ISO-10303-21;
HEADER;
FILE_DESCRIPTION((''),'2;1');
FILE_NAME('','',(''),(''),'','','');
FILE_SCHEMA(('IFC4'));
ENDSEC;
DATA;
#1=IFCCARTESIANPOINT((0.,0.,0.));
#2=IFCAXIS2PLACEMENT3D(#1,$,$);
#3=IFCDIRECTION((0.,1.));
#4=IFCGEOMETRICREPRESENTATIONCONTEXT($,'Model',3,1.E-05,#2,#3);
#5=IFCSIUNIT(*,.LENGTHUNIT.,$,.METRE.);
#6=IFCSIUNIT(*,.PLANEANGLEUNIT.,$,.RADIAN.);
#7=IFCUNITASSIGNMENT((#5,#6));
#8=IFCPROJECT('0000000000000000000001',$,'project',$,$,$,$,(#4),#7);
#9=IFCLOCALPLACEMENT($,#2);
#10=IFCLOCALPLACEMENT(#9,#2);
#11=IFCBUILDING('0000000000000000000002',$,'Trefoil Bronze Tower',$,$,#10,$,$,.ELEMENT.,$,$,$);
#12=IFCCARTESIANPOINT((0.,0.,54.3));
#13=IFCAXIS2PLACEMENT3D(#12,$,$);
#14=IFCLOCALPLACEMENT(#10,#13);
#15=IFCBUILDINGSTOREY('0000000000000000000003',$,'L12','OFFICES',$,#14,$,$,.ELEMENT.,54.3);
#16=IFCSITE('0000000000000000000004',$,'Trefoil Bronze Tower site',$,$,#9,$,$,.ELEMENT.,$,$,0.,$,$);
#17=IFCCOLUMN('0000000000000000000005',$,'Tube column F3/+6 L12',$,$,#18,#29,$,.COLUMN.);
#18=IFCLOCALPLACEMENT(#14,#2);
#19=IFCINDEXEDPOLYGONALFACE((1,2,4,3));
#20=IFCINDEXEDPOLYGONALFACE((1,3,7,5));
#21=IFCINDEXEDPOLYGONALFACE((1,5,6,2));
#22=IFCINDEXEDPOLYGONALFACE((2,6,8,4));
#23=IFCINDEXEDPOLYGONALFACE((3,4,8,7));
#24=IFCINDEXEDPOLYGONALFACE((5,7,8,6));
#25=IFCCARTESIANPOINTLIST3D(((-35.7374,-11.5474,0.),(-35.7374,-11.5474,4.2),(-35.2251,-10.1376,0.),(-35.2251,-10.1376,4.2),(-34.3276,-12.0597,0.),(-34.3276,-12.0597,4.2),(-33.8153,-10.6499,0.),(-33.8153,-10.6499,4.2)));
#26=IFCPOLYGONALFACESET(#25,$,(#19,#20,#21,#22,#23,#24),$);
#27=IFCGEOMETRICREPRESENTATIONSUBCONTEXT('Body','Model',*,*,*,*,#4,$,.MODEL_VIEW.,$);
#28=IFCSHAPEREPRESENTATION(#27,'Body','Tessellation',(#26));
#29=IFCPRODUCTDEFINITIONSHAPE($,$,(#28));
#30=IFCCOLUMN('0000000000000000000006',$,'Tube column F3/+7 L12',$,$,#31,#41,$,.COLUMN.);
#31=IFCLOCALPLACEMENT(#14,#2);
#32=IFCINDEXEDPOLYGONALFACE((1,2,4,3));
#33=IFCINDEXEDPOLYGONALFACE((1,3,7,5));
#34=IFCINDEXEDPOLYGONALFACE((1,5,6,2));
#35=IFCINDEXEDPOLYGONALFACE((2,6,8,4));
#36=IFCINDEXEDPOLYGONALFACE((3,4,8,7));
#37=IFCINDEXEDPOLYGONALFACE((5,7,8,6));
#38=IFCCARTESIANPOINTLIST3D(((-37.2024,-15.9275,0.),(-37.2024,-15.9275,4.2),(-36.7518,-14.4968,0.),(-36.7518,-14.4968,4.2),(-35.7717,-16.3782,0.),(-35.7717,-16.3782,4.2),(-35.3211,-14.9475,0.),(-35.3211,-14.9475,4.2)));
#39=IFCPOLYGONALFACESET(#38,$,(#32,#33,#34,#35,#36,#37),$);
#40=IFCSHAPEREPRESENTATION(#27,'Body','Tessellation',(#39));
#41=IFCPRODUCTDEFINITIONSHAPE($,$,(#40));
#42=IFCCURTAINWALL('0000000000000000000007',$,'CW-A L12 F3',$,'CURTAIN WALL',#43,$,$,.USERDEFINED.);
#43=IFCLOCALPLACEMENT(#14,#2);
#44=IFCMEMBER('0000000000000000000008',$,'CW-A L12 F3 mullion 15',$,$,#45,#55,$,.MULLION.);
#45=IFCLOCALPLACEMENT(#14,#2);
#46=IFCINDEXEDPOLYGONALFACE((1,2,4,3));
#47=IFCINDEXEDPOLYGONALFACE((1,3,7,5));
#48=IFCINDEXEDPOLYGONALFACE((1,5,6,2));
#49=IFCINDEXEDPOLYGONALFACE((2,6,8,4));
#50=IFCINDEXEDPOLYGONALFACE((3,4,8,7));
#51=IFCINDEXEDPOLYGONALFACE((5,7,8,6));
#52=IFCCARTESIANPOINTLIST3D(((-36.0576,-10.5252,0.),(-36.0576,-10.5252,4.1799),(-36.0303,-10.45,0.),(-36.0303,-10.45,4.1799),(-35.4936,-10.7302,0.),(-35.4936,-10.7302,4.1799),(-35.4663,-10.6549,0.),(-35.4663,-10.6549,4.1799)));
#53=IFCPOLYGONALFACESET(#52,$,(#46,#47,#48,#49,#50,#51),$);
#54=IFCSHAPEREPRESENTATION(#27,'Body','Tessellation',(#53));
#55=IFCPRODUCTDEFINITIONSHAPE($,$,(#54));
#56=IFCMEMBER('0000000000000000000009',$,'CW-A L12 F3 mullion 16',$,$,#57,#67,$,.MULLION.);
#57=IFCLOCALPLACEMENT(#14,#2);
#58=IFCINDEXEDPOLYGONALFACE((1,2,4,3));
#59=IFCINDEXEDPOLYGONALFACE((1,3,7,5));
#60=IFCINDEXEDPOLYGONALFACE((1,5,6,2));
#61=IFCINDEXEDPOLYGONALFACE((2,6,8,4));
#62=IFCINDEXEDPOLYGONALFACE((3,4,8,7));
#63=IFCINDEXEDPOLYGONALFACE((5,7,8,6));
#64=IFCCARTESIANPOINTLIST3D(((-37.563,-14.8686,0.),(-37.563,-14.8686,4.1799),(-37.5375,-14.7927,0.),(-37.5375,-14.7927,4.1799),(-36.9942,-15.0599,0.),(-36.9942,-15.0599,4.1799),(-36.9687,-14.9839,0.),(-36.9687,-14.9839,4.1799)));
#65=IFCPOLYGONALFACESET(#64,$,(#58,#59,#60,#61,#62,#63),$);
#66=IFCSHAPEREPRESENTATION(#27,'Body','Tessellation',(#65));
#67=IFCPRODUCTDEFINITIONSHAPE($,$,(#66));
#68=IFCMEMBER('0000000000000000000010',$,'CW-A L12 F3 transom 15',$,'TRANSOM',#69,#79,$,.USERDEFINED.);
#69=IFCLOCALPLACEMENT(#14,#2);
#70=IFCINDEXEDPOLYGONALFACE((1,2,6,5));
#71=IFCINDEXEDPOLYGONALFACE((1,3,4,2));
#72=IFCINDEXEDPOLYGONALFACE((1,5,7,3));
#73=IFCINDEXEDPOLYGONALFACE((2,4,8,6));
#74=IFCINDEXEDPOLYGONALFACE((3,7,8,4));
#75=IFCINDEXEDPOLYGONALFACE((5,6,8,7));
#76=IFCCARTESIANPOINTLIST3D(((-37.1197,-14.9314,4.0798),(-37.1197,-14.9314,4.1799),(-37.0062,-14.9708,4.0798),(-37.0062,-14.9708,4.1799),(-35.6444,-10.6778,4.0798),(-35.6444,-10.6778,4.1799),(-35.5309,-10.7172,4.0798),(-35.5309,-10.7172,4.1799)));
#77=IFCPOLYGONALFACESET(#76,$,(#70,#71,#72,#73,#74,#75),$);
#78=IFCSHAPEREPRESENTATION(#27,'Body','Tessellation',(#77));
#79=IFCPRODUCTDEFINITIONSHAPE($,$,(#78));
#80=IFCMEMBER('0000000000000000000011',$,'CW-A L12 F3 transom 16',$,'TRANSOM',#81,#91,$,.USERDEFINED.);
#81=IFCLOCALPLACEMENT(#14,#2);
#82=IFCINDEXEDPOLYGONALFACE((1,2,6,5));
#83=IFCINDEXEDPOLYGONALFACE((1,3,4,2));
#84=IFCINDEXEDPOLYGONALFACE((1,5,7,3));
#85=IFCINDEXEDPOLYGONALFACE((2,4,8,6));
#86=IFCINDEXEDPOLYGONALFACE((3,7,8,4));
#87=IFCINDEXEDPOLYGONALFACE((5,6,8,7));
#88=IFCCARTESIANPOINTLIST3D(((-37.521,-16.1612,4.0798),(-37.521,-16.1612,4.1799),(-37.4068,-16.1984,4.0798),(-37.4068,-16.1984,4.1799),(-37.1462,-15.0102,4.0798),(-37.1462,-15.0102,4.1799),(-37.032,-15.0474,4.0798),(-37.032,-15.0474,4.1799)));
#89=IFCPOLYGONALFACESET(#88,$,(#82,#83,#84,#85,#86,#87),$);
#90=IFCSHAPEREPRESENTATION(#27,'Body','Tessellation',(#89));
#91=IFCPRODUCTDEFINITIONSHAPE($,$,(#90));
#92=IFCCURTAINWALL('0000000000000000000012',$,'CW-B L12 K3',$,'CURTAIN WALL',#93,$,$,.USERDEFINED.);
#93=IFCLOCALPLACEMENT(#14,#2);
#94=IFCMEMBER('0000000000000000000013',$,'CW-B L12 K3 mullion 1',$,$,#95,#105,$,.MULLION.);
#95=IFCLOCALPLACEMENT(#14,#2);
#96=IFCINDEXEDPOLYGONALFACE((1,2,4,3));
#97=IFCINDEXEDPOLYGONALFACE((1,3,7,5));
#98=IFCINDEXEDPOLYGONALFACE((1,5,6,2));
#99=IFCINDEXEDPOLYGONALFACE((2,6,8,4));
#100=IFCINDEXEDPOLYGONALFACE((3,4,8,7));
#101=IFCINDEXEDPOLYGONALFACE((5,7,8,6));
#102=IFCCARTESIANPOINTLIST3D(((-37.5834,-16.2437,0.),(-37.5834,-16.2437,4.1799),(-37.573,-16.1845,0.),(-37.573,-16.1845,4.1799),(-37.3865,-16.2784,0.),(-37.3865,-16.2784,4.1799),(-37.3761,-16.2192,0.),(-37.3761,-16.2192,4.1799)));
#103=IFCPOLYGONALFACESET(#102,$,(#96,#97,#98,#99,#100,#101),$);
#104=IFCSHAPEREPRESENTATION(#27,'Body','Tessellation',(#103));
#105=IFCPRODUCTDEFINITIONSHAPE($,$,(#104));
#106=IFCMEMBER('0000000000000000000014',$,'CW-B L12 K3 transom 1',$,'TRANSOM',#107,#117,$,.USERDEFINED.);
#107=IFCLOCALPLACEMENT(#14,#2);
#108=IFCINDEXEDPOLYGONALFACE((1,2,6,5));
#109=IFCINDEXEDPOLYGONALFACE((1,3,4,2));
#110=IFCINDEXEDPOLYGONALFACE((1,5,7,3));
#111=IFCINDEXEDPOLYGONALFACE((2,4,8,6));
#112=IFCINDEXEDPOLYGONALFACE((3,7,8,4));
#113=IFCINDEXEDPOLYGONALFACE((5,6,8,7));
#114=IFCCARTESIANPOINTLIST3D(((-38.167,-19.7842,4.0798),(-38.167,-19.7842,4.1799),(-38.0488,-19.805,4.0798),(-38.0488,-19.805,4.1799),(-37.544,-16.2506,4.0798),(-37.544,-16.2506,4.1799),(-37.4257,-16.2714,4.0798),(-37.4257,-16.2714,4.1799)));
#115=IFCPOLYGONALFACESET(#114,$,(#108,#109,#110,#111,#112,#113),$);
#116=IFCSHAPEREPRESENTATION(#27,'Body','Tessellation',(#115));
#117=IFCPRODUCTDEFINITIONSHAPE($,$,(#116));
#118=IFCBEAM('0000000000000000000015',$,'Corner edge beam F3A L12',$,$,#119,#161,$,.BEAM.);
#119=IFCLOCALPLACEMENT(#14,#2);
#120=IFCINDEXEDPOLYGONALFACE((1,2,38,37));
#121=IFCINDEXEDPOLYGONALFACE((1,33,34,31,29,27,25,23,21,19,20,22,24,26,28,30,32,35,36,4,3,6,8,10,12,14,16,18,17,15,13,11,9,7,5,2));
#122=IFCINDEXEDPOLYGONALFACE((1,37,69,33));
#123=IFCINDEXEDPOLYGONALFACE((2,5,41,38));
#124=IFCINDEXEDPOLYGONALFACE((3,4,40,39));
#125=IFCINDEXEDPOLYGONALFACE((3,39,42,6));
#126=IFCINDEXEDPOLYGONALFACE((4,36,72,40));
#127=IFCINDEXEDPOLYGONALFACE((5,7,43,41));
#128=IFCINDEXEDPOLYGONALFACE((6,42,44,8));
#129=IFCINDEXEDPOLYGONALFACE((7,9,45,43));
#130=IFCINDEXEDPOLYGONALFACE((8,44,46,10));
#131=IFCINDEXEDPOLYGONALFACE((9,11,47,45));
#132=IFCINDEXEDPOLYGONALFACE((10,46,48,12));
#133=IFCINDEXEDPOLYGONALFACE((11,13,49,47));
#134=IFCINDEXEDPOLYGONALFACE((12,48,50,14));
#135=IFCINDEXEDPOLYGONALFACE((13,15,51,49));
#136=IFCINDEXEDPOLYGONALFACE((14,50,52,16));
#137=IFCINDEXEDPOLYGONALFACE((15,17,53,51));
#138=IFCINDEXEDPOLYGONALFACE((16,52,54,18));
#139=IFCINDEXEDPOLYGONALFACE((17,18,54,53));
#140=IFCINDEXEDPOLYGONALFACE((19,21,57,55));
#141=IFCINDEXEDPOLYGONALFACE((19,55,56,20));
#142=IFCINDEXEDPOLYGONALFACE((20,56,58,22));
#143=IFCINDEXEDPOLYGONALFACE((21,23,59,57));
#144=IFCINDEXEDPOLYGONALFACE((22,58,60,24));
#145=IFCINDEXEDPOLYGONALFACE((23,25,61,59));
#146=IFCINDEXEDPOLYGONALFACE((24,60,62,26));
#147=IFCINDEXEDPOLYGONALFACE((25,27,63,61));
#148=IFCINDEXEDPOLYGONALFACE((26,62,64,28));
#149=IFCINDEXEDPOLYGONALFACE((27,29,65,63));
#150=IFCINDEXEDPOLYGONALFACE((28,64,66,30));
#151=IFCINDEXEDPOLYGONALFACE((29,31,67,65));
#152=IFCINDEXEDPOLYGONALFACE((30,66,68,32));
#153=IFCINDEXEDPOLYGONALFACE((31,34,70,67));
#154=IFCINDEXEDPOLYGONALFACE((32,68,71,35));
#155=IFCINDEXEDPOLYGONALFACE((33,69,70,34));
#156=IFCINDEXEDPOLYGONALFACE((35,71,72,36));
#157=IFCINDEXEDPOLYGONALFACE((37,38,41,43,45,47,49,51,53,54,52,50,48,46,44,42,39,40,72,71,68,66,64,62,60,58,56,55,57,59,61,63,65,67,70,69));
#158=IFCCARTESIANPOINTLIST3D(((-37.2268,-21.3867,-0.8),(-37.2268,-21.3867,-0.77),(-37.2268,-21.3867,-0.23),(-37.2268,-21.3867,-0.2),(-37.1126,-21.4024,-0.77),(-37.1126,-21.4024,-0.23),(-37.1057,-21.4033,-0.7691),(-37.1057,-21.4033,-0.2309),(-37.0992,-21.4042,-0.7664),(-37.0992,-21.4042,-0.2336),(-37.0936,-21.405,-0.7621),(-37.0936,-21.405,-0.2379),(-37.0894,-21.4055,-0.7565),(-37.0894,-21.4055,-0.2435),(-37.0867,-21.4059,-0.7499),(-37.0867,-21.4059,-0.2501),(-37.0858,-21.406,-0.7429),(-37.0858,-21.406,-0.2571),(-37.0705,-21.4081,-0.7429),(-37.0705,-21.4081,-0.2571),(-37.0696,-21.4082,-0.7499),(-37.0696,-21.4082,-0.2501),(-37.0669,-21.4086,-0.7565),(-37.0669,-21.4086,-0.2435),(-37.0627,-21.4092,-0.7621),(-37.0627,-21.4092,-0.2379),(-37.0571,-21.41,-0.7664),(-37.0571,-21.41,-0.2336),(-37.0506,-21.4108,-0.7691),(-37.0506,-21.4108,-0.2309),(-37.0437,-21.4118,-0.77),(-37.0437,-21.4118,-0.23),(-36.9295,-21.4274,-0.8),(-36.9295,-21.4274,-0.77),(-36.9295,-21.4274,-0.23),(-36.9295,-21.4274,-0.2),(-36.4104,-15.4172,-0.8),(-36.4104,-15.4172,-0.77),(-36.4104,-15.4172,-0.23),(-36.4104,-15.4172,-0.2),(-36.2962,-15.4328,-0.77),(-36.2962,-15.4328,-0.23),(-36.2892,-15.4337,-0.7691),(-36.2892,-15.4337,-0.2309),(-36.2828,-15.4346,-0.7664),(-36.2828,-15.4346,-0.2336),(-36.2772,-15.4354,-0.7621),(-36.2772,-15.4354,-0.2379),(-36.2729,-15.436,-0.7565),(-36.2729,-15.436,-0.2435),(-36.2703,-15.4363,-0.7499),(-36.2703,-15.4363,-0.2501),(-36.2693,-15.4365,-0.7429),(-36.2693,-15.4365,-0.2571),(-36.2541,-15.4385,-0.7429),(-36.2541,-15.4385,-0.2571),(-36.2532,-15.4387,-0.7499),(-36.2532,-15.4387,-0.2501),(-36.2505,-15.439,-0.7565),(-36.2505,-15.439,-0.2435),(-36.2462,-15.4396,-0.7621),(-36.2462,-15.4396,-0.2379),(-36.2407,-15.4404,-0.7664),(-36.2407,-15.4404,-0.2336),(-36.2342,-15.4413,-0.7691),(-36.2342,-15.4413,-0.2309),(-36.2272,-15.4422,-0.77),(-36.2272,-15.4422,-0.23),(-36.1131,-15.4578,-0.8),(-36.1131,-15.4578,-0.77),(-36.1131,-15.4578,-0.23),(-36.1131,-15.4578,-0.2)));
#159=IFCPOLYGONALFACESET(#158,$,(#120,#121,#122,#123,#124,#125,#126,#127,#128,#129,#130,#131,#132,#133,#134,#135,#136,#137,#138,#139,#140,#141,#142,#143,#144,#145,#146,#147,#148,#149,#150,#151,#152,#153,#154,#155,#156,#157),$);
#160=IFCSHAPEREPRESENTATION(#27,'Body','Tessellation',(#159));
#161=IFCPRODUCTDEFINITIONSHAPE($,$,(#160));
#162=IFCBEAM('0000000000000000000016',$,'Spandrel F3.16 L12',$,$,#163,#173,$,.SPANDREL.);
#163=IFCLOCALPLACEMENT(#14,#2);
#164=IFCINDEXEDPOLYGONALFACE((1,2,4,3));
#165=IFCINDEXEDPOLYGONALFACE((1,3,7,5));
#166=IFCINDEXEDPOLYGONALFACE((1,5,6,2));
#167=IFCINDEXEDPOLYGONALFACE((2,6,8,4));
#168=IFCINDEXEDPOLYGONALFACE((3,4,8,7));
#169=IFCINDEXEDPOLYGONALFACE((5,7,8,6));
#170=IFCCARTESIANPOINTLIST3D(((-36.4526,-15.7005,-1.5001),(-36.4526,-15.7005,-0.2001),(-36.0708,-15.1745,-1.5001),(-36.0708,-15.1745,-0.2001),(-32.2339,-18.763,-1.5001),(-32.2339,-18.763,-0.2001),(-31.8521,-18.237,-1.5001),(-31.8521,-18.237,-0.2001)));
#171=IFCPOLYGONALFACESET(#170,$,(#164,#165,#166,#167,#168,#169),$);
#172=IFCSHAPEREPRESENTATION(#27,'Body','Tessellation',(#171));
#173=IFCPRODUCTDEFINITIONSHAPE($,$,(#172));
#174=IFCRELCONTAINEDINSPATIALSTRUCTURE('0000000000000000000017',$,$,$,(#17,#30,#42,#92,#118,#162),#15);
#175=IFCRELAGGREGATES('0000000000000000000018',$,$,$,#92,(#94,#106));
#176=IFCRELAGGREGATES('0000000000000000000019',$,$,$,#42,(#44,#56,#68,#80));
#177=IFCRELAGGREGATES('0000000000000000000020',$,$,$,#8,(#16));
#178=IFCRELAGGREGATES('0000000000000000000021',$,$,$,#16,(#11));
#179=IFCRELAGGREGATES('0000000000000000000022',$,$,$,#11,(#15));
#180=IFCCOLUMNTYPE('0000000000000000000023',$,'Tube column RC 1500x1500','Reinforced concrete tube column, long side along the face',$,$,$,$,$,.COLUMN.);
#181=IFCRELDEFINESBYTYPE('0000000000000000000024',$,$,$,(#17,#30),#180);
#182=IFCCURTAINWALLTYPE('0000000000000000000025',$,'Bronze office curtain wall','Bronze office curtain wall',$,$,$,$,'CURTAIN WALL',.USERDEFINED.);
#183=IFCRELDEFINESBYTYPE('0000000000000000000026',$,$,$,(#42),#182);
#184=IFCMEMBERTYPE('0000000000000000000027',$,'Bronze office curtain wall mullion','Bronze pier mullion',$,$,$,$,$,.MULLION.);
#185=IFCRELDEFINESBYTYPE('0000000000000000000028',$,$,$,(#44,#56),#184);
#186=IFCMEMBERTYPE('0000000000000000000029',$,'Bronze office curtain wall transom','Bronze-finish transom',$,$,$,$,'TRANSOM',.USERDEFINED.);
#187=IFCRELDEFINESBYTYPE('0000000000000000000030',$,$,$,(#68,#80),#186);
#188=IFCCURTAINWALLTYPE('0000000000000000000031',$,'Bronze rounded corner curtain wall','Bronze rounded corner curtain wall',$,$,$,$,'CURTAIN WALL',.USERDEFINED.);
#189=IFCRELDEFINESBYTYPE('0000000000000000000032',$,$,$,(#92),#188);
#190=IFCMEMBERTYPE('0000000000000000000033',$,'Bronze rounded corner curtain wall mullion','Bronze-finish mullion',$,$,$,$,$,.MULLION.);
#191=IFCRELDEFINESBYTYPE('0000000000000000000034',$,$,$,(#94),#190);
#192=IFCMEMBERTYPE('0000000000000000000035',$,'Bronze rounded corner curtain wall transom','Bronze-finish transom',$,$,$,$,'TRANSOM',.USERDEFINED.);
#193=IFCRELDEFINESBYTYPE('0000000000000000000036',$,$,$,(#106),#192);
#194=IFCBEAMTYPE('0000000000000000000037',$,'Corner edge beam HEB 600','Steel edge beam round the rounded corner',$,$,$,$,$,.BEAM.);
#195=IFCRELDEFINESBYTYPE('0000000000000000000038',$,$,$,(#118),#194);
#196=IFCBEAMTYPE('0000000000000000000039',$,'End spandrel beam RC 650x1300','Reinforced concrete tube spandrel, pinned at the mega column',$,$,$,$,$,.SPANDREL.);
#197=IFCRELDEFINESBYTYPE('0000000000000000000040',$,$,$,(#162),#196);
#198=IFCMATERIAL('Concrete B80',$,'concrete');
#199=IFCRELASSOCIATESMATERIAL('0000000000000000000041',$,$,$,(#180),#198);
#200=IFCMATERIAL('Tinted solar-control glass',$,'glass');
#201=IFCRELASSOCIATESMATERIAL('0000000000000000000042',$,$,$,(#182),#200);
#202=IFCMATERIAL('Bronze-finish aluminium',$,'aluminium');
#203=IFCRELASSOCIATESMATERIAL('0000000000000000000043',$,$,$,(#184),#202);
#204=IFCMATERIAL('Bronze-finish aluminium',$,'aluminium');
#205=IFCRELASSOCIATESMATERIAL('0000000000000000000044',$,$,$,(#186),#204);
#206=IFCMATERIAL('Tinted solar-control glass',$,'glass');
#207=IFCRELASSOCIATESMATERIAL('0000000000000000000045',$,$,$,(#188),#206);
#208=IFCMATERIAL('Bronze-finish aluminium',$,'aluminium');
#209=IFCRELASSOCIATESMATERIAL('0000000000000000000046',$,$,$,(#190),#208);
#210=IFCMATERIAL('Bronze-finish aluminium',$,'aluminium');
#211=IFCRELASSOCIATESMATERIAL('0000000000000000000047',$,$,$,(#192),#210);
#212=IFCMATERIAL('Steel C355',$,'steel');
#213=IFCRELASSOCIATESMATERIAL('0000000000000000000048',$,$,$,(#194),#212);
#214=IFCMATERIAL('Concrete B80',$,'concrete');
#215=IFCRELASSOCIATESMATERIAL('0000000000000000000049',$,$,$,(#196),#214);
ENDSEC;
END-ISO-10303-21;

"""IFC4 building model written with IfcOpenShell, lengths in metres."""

from ifc_helpers import new_model, si_unit, direction, frame, origin, origin_2d, place, context, subcontext, project, spatial, rectangle, i_section, extrude, material, material_profile, profile_set, type_object, element, aggregate, save


model = new_model("IFC4")

# Units and contexts
model_context = context("Model", 3, precision=1e-05, world=origin(), true_north=direction((0.0, 1.0)))
body_context = subcontext(model_context, "Body", "Model", "MODEL_VIEW")
ifc_project = project(units=[si_unit("LENGTHUNIT", "METRE"), si_unit("PLANEANGLEUNIT", "RADIAN")], contexts=[model_context])

# Site, building, storey
site_placement = place(None, origin())
site = spatial("IfcSite", under=ifc_project, at=site_placement, Name="Trefoil Bronze Tower site", CompositionType="ELEMENT", RefElevation=0.0)
building_placement = place(site_placement, origin())
building = spatial("IfcBuilding", under=site, at=building_placement, Name="Trefoil Bronze Tower", CompositionType="ELEMENT")
storey_placement = place(building_placement, frame((0.0, 0.0, 54.3)))
storey = spatial("IfcBuildingStorey", under=building, at=storey_placement, Name="L12", Description="OFFICES", CompositionType="ELEMENT", Elevation=54.3)

# Columns
ifc_material_1 = material(Name="Concrete B80", Category="concrete")
ifc_material_profile_1 = material_profile(ifc_material_1, rectangle(XDim=1.5, YDim=1.5, at=origin_2d()), Name="RC 1500x1500")
ifc_profile_set_1 = profile_set([ifc_material_profile_1], Name="Concrete B80")
column_type = type_object("IfcColumnType", Name="Tube column RC 1500x1500", Description="Reinforced concrete tube column, long side along the face", PredefinedType="COLUMN", material=ifc_profile_set_1)
for number, where, z_axis, x_axis, name in (
    (1, (-34.7764, -11.0986, 0.0), (0.0, 0.0, 1.0), (-0.341559, -0.93986, 0.0), "Tube column F3/+6 L12"),
    (2, (-36.2617, -15.4375, 0.0), (0.0, 0.0, 1.0), (-0.300414, -0.953809, 0.0), "Tube column F3/+7 L12"),
):
    element("IfcColumn", number, at=place(storey_placement, frame(where, z_axis=z_axis, x_axis=x_axis)), inside=storey, type_object=column_type, Name=name, PredefinedType="COLUMN", context=body_context, shape_type="SweptSolid", body=[
        extrude(rectangle(XDim=1.5, YDim=1.5, at=origin_2d()), origin(), (0.0, 0.0, 1.0), 4.2),
    ])

# Curtain walls, members
ifc_material_2 = material(Name="Tinted solar-control glass", Category="glass")
curtain_wall_type_1 = type_object("IfcCurtainWallType", Name="Bronze office curtain wall", Description="Bronze office curtain wall", ElementType="CURTAIN WALL", PredefinedType="USERDEFINED", material=ifc_material_2)
curtain_wall_1_placement = place(storey_placement, origin())
curtain_wall_1 = element("IfcCurtainWall", 3, at=curtain_wall_1_placement, inside=storey, type_object=curtain_wall_type_1, Name="CW-A L12 F3", ObjectType="CURTAIN WALL", PredefinedType="USERDEFINED")
ifc_material_3 = material(Name="Bronze-finish aluminium", Category="aluminium")
ifc_material_profile_2 = material_profile(ifc_material_3, rectangle(XDim=0.6001, YDim=0.0801, at=origin_2d()), Name="CW-A mullion")
ifc_profile_set_2 = profile_set([ifc_material_profile_2], Name="Bronze-finish aluminium")
member_type_1 = type_object("IfcMemberType", Name="Bronze office curtain wall mullion", Description="Bronze pier mullion", PredefinedType="MULLION", material=ifc_profile_set_2)
member_1_placement = place(storey_placement, frame((-35.762, -10.5901, 0.0), z_axis=(0.0, 0.0, 1.0), x_axis=(0.93986, -0.341559, 0.0)))
member_1 = element("IfcMember", 4, at=member_1_placement, type_object=member_type_1, Name="CW-A L12 F3 mullion 15", PredefinedType="MULLION", context=body_context, shape_type="SweptSolid", body=[
    extrude(rectangle(XDim=0.6001, YDim=0.0801, at=origin_2d()), origin(), (0.0, 0.0, 1.0), 4.1799),
])
member_2_placement = place(storey_placement, frame((-37.2659, -14.9263, 0.0), z_axis=(0.0, 0.0, 1.0), x_axis=(0.947851, -0.318715, 0.0)))
member_2 = element("IfcMember", 5, at=member_2_placement, type_object=member_type_1, Name="CW-A L12 F3 mullion 16", PredefinedType="MULLION", context=body_context, shape_type="SweptSolid", body=[
    extrude(rectangle(XDim=0.6001, YDim=0.0801, at=origin_2d()), origin(), (0.0, 0.0, 1.0), 4.1799),
])
ifc_material_4 = material(Name="Bronze-finish aluminium", Category="aluminium")
ifc_material_profile_3 = material_profile(ifc_material_4, rectangle(XDim=0.1201, YDim=0.1001, at=origin_2d()), Name="CW-A transom")
ifc_profile_set_3 = profile_set([ifc_material_profile_3], Name="Bronze-finish aluminium")
member_type_2 = type_object("IfcMemberType", Name="Bronze office curtain wall transom", Description="Bronze-finish transom", ElementType="TRANSOM", PredefinedType="USERDEFINED", material=ifc_profile_set_3)
member_3_placement = place(storey_placement, frame((-35.5876, -10.6975, 4.1299), z_axis=(-0.32769, -0.944785, 0.0), x_axis=(0.944785, -0.32769, 0.0)))
member_3 = element("IfcMember", 6, at=member_3_placement, type_object=member_type_2, Name="CW-A L12 F3 transom 15", ObjectType="TRANSOM", PredefinedType="USERDEFINED", context=body_context, shape_type="SweptSolid", body=[
    extrude(rectangle(XDim=0.1201, YDim=0.1001, at=origin_2d()), origin(), (0.0, 0.0, 1.0), 4.5022),
])
member_4_placement = place(storey_placement, frame((-37.0891, -15.0288, 4.1299), z_axis=(-0.309624, -0.950859, 0.0), x_axis=(0.950859, -0.309624, 0.0)))
member_4 = element("IfcMember", 7, at=member_4_placement, type_object=member_type_2, Name="CW-A L12 F3 transom 16", ObjectType="TRANSOM", PredefinedType="USERDEFINED", context=body_context, shape_type="SweptSolid", body=[
    extrude(rectangle(XDim=0.1201, YDim=0.1001, at=origin_2d()), origin(), (0.0, 0.0, 1.0), 1.2104),
])
ifc_material_5 = material(Name="Tinted solar-control glass", Category="glass")
curtain_wall_type_2 = type_object("IfcCurtainWallType", Name="Bronze rounded corner curtain wall", Description="Bronze rounded corner curtain wall", ElementType="CURTAIN WALL", PredefinedType="USERDEFINED", material=ifc_material_5)
curtain_wall_2_placement = place(storey_placement, origin())
curtain_wall_2 = element("IfcCurtainWall", 8, at=curtain_wall_2_placement, inside=storey, type_object=curtain_wall_type_2, Name="CW-B L12 K3", ObjectType="CURTAIN WALL", PredefinedType="USERDEFINED")
ifc_material_6 = material(Name="Bronze-finish aluminium", Category="aluminium")
ifc_material_profile_4 = material_profile(ifc_material_6, rectangle(XDim=0.2, YDim=0.0601, at=origin_2d()), Name="CW-B mullion")
ifc_profile_set_4 = profile_set([ifc_material_profile_4], Name="Bronze-finish aluminium")
member_type_3 = type_object("IfcMemberType", Name="Bronze rounded corner curtain wall mullion", Description="Bronze-finish mullion", PredefinedType="MULLION", material=ifc_profile_set_4)
member_5_placement = place(storey_placement, frame((-37.4797, -16.2314, 0.0), z_axis=(0.0, 0.0, 1.0), x_axis=(0.984808, -0.173648, 0.0)))
member_5 = element("IfcMember", 9, at=member_5_placement, type_object=member_type_3, Name="CW-B L12 K3 mullion 1", PredefinedType="MULLION", context=body_context, shape_type="SweptSolid", body=[
    extrude(rectangle(XDim=0.2, YDim=0.0601, at=origin_2d()), origin(), (0.0, 0.0, 1.0), 4.1799),
])
ifc_material_7 = material(Name="Bronze-finish aluminium", Category="aluminium")
ifc_material_profile_5 = material_profile(ifc_material_7, rectangle(XDim=0.1201, YDim=0.1001, at=origin_2d()), Name="CW-B transom")
ifc_profile_set_5 = profile_set([ifc_material_profile_5], Name="Bronze-finish aluminium")
member_type_4 = type_object("IfcMemberType", Name="Bronze rounded corner curtain wall transom", Description="Bronze-finish transom", ElementType="TRANSOM", PredefinedType="USERDEFINED", material=ifc_profile_set_5)
member_6_placement = place(storey_placement, frame((-37.4849, -16.261, 4.1299), z_axis=(-0.173638, -0.98481, 0.0), x_axis=(0.98481, -0.173638, 0.0)))
member_6 = element("IfcMember", 10, at=member_6_placement, type_object=member_type_4, Name="CW-B L12 K3 transom 1", ObjectType="TRANSOM", PredefinedType="USERDEFINED", context=body_context, shape_type="SweptSolid", body=[
    extrude(rectangle(XDim=0.1201, YDim=0.1001, at=origin_2d()), origin(), (0.0, 0.0, 1.0), 3.5881),
])
aggregate(curtain_wall_2, [member_5, member_6])

# Beams
ifc_material_8 = material(Name="Steel C355", Category="steel")
ifc_material_profile_6 = material_profile(ifc_material_8, i_section(OverallWidth=0.3, OverallDepth=0.6001, WebThickness=0.0154, FlangeThickness=0.03, FilletRadius=0.0271, at=origin_2d()), Name="HEB 600")
ifc_profile_set_6 = profile_set([ifc_material_profile_6], Name="Steel C355")
beam_type_1 = type_object("IfcBeamType", Name="Corner edge beam HEB 600", Description="Steel edge beam round the rounded corner", PredefinedType="BEAM", material=ifc_profile_set_6)
beam_1_placement = place(storey_placement, frame((-36.2617, -15.4375, -0.5), z_axis=(-0.135502, -0.990777, 0.0), x_axis=(0.990777, -0.135502, 0.0)))
element("IfcBeam", 11, at=beam_1_placement, inside=storey, type_object=beam_type_1, Name="Corner edge beam F3A L12", PredefinedType="BEAM", context=body_context, shape_type="SweptSolid", body=[
    extrude(i_section(OverallWidth=0.3, OverallDepth=0.6001, WebThickness=0.0154, FlangeThickness=0.03, FilletRadius=0.0271, at=origin_2d()), origin(), (0.0, 0.0, 1.0), 6.0251),
])
ifc_material_9 = material(Name="Concrete B80", Category="concrete")
ifc_material_profile_7 = material_profile(ifc_material_9, rectangle(XDim=0.6499, YDim=1.3, at=origin_2d()), Name="RC 650x1300")
ifc_profile_set_7 = profile_set([ifc_material_profile_7], Name="Concrete B80")
beam_type_2 = type_object("IfcBeamType", Name="End spandrel beam RC 650x1300", Description="Reinforced concrete tube spandrel, pinned at the mega column", PredefinedType="SPANDREL", material=ifc_profile_set_7)
beam_2_placement = place(storey_placement, frame((-36.2617, -15.4375, -0.8501), z_axis=(0.809254, -0.587459, 0.0), x_axis=(0.587459, 0.809254, 0.0)))
element("IfcBeam", 12, at=beam_2_placement, inside=storey, type_object=beam_type_2, Name="Spandrel F3.16 L12", PredefinedType="SPANDREL", context=body_context, shape_type="SweptSolid", body=[
    extrude(rectangle(XDim=0.6499, YDim=1.3, at=origin_2d()), origin(), (0.0, 0.0, 1.0), 5.2131),
])

aggregate(curtain_wall_1, [member_1, member_2, member_3, member_4])

save(model, "model.ifc")
